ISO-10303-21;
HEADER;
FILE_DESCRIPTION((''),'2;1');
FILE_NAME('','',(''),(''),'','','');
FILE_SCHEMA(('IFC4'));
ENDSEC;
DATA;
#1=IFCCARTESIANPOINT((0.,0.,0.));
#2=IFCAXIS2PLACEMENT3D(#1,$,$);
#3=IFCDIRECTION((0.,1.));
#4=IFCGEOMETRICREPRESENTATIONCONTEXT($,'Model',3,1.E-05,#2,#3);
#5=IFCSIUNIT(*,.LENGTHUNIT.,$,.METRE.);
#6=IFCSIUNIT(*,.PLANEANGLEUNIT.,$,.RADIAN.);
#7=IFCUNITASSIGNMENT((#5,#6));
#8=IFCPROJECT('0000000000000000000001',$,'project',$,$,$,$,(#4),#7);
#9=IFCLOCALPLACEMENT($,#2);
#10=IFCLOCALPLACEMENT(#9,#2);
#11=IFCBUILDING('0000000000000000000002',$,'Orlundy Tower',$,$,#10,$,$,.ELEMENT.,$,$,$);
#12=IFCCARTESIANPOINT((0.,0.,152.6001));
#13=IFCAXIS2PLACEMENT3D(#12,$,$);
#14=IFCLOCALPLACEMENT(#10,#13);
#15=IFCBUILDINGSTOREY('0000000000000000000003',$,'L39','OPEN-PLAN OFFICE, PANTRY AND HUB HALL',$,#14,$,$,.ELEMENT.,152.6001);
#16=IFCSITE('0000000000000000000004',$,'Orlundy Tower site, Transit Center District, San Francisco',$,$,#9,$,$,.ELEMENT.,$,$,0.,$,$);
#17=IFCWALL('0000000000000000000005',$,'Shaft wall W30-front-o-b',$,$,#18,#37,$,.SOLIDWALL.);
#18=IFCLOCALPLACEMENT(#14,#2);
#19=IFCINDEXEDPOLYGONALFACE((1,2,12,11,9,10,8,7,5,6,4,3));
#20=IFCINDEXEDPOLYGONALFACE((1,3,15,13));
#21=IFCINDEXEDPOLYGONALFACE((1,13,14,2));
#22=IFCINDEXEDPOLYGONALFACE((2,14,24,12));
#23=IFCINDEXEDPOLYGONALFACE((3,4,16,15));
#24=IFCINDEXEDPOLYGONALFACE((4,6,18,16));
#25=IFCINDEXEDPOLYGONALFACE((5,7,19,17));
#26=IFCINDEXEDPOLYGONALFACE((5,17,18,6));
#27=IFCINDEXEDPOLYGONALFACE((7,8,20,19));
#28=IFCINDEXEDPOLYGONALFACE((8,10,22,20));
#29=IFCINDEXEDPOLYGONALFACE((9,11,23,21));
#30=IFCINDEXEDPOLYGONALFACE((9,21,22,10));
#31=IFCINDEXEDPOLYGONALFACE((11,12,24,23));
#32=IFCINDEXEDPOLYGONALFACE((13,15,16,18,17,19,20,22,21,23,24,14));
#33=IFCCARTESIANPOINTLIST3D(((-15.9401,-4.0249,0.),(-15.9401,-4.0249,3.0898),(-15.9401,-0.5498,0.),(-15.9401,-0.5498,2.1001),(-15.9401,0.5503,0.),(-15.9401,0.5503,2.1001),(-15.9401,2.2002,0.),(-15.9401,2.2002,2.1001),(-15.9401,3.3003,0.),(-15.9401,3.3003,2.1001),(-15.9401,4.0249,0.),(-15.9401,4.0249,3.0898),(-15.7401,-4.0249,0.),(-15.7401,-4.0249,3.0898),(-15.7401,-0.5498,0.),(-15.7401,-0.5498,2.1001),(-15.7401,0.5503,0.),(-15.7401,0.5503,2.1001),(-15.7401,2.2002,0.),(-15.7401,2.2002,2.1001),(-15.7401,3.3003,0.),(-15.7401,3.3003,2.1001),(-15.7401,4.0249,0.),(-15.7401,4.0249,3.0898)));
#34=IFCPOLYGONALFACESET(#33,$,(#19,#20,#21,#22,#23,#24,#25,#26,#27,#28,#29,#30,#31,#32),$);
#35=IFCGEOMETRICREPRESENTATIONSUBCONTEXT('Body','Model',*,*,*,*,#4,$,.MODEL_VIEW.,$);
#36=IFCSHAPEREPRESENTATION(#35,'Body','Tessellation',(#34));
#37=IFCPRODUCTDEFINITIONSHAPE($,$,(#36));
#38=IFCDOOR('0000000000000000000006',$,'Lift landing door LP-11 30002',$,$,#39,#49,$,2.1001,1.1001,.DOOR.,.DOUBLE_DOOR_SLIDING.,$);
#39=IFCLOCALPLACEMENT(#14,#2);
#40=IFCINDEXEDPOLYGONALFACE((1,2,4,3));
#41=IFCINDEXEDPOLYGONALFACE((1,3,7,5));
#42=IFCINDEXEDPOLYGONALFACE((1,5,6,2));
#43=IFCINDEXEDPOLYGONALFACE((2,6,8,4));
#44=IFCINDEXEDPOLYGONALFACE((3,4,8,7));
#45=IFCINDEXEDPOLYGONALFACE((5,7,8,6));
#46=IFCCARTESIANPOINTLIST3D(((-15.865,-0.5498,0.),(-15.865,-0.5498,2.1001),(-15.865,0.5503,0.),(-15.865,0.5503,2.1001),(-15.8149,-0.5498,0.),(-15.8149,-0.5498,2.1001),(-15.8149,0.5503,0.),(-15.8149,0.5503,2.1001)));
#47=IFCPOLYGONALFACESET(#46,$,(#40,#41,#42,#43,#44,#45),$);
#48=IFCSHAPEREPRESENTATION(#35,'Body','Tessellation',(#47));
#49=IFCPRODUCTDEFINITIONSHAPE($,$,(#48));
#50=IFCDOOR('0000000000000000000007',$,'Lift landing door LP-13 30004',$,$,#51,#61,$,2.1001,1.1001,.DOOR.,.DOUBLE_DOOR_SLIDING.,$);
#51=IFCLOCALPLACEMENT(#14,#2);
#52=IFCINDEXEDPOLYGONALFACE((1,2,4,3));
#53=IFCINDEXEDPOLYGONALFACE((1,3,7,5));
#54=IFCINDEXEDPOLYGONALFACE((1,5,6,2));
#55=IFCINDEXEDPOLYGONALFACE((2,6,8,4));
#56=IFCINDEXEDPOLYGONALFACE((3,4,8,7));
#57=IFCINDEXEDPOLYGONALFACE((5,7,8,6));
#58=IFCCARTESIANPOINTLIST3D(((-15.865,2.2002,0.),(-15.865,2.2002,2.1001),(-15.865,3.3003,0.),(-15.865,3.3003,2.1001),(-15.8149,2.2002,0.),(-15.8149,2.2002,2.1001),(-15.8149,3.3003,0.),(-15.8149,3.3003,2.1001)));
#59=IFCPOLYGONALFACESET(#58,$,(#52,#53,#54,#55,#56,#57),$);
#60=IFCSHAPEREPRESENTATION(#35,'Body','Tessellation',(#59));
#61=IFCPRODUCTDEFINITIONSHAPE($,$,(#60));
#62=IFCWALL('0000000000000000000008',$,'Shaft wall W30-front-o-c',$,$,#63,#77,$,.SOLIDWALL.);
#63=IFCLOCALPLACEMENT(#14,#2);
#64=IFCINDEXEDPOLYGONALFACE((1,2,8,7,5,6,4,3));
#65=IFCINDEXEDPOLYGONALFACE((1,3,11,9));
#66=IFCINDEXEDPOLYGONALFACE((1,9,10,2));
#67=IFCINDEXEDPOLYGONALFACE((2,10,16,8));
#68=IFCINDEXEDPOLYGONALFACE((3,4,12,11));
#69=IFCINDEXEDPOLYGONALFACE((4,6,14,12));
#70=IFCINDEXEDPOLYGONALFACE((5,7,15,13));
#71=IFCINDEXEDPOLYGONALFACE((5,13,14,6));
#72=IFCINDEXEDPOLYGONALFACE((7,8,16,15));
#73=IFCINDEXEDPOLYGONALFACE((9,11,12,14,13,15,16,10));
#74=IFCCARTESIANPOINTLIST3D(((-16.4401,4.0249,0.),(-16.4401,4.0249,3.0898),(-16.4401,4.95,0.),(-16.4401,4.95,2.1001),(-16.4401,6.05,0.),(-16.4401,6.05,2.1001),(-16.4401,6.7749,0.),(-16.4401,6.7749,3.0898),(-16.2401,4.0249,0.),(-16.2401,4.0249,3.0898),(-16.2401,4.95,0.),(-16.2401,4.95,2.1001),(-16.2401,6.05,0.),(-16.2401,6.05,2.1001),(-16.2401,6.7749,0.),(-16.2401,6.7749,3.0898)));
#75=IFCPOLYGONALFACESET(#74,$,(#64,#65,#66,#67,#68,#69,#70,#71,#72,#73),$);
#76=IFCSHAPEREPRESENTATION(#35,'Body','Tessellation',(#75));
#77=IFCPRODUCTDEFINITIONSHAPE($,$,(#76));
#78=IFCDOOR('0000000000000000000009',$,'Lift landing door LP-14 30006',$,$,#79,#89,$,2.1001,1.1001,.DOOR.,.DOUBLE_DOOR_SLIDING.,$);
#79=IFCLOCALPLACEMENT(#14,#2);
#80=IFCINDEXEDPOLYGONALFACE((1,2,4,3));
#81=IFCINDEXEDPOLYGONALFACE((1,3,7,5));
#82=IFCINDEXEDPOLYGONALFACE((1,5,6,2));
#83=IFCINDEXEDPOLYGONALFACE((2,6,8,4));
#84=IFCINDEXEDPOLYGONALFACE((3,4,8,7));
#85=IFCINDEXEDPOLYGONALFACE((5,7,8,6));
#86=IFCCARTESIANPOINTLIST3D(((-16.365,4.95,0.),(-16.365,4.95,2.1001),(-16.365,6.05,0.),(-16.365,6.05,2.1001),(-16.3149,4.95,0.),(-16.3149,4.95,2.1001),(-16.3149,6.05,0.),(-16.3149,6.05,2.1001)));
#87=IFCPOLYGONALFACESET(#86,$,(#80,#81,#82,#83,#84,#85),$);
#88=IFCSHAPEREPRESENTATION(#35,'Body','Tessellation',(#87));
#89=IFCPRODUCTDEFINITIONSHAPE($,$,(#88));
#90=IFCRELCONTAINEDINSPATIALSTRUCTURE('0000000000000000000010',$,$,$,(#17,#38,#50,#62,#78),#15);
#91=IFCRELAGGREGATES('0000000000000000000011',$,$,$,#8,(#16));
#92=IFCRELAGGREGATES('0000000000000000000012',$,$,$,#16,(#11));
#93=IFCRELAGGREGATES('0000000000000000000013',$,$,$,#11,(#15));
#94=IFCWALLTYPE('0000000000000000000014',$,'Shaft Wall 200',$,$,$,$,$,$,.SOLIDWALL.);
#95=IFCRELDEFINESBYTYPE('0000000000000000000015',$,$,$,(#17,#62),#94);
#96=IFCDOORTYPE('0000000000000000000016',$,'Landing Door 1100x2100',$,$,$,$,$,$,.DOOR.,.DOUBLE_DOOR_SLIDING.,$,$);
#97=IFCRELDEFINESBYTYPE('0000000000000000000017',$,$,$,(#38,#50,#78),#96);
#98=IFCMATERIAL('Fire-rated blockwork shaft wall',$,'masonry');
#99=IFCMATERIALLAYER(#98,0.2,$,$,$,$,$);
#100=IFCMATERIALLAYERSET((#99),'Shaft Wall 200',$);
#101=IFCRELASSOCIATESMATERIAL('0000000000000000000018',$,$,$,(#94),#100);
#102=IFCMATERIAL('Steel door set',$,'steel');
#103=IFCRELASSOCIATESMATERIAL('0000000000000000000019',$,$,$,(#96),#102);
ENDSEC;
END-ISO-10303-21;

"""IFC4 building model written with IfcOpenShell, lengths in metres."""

from ifc_helpers import new_model, si_unit, direction, frame, frame_2d, origin, place, context, subcontext, project, spatial, rectangle, extrude, material, layer, layer_set, type_object, element, fill, save


model = new_model("IFC4")

# Units and contexts
model_context = context("Model", 3, precision=1e-05, world=origin(), true_north=direction((0.0, 1.0)))
body_context = subcontext(model_context, "Body", "Model", "MODEL_VIEW")
ifc_project = project(units=[si_unit("LENGTHUNIT", "METRE"), si_unit("PLANEANGLEUNIT", "RADIAN")], contexts=[model_context])

# Site, building, storey
site_placement = place(None, origin())
site = spatial("IfcSite", under=ifc_project, at=site_placement, Name="Orlundy Tower site, Transit Center District, San Francisco", CompositionType="ELEMENT", RefElevation=0.0)
building_placement = place(site_placement, origin())
building = spatial("IfcBuilding", under=site, at=building_placement, Name="Orlundy Tower", CompositionType="ELEMENT")
storey_placement = place(building_placement, frame((0.0, 0.0, 152.6001)))
storey = spatial("IfcBuildingStorey", under=building, at=storey_placement, Name="L39", Description="OPEN-PLAN OFFICE, PANTRY AND HUB HALL", CompositionType="ELEMENT", Elevation=152.6001)

# Shared definitions
ifc_material_1 = material(Name="Fire-rated blockwork shaft wall", Category="masonry")
ifc_layer_1 = layer(ifc_material_1, 0.2)
ifc_layer_set_1 = layer_set([ifc_layer_1], Name="Shaft Wall 200")
wall_type = type_object("IfcWallType", Name="Shaft Wall 200", PredefinedType="SOLIDWALL", material=ifc_layer_set_1)
ifc_material_2 = material(Name="Steel door set", Category="steel")
door_type = type_object("IfcDoorType", Name="Landing Door 1100x2100", OperationType="DOUBLE_DOOR_SLIDING", PredefinedType="DOOR", material=ifc_material_2)

# Wall, openings, doors
wall_1_placement = place(storey_placement, frame((-15.8401, -4.0249, 0.0), z_axis=(0.0, 0.0, 1.0), x_axis=(0.0, 1.0, 0.0)))
wall_1 = element("IfcWall", 1, at=wall_1_placement, inside=storey, type_object=wall_type, Name="Shaft wall W30-front-o-b", PredefinedType="SOLIDWALL", context=body_context, shape_type="SweptSolid", body=[
    extrude(rectangle(XDim=8.0498, YDim=0.2, at=frame_2d((4.0249, 0.0))), origin(), (0.0, 0.0, 1.0), 3.0898),
])
opening_1_placement = place(wall_1_placement, frame((3.4751, 0.0, 0.0)))
opening_1 = element("IfcOpeningElement", 2, at=opening_1_placement, cuts=wall_1, PredefinedType="OPENING", context=body_context, shape_type="SweptSolid", body=[
    extrude(rectangle(XDim=1.1001, YDim=2.1001, at=frame_2d((0.55, 1.05))), frame((0.0, 0.1101, 0.0), z_axis=(0.0, -1.0, 0.0), x_axis=(1.0, 0.0, 0.0)), (0.0, 0.0, 1.0), 0.2202),
])
opening_2_placement = place(wall_1_placement, frame((6.2251, 0.0, 0.0)))
opening_2 = element("IfcOpeningElement", 3, at=opening_2_placement, cuts=wall_1, PredefinedType="OPENING", context=body_context, shape_type="SweptSolid", body=[
    extrude(rectangle(XDim=1.1001, YDim=2.1001, at=frame_2d((0.55, 1.05))), frame((0.0, 0.1101, 0.0), z_axis=(0.0, -1.0, 0.0), x_axis=(1.0, 0.0, 0.0)), (0.0, 0.0, 1.0), 0.2202),
])
door_1_placement = place(opening_1_placement, origin())
door_1 = element("IfcDoor", 4, at=door_1_placement, inside=storey, type_object=door_type, Name="Lift landing door LP-11 30002", OperationType="DOUBLE_DOOR_SLIDING", OverallHeight=2.1001, OverallWidth=1.1001, PredefinedType="DOOR", context=body_context, shape_type="SweptSolid", body=[
    extrude(rectangle(XDim=1.1001, YDim=2.1001, at=frame_2d((0.55, 1.05))), frame((0.0, 0.0249, 0.0), z_axis=(0.0, -1.0, 0.0), x_axis=(1.0, 0.0, 0.0)), (0.0, 0.0, 1.0), 0.05),
])
fill(opening_1, door_1)
door_2_placement = place(opening_2_placement, origin())
door_2 = element("IfcDoor", 5, at=door_2_placement, inside=storey, type_object=door_type, Name="Lift landing door LP-13 30004", OperationType="DOUBLE_DOOR_SLIDING", OverallHeight=2.1001, OverallWidth=1.1001, PredefinedType="DOOR", context=body_context, shape_type="SweptSolid", body=[
    extrude(rectangle(XDim=1.1001, YDim=2.1001, at=frame_2d((0.55, 1.05))), frame((0.0, 0.0249, 0.0), z_axis=(0.0, -1.0, 0.0), x_axis=(1.0, 0.0, 0.0)), (0.0, 0.0, 1.0), 0.05),
])
fill(opening_2, door_2)

# Wall, opening, door
wall_2_placement = place(storey_placement, frame((-16.3401, 4.0249, 0.0), z_axis=(0.0, 0.0, 1.0), x_axis=(0.0, 1.0, 0.0)))
wall_2 = element("IfcWall", 6, at=wall_2_placement, inside=storey, type_object=wall_type, Name="Shaft wall W30-front-o-c", PredefinedType="SOLIDWALL", context=body_context, shape_type="SweptSolid", body=[
    extrude(rectangle(XDim=2.75, YDim=0.2, at=frame_2d((1.375, 0.0))), origin(), (0.0, 0.0, 1.0), 3.0898),
])
opening_3_placement = place(wall_2_placement, frame((0.925, 0.0, 0.0)))
opening_3 = element("IfcOpeningElement", 7, at=opening_3_placement, cuts=wall_2, PredefinedType="OPENING", context=body_context, shape_type="SweptSolid", body=[
    extrude(rectangle(XDim=1.1001, YDim=2.1001, at=frame_2d((0.55, 1.05))), frame((0.0, 0.1101, 0.0), z_axis=(0.0, -1.0, 0.0), x_axis=(1.0, 0.0, 0.0)), (0.0, 0.0, 1.0), 0.2202),
])
door_3_placement = place(opening_3_placement, origin())
door_3 = element("IfcDoor", 8, at=door_3_placement, inside=storey, type_object=door_type, Name="Lift landing door LP-14 30006", OperationType="DOUBLE_DOOR_SLIDING", OverallHeight=2.1001, OverallWidth=1.1001, PredefinedType="DOOR", context=body_context, shape_type="SweptSolid", body=[
    extrude(rectangle(XDim=1.1001, YDim=2.1001, at=frame_2d((0.55, 1.05))), frame((0.0, 0.0249, 0.0), z_axis=(0.0, -1.0, 0.0), x_axis=(1.0, 0.0, 0.0)), (0.0, 0.0, 1.0), 0.05),
])
fill(opening_3, door_3)

save(model, "model.ifc")
